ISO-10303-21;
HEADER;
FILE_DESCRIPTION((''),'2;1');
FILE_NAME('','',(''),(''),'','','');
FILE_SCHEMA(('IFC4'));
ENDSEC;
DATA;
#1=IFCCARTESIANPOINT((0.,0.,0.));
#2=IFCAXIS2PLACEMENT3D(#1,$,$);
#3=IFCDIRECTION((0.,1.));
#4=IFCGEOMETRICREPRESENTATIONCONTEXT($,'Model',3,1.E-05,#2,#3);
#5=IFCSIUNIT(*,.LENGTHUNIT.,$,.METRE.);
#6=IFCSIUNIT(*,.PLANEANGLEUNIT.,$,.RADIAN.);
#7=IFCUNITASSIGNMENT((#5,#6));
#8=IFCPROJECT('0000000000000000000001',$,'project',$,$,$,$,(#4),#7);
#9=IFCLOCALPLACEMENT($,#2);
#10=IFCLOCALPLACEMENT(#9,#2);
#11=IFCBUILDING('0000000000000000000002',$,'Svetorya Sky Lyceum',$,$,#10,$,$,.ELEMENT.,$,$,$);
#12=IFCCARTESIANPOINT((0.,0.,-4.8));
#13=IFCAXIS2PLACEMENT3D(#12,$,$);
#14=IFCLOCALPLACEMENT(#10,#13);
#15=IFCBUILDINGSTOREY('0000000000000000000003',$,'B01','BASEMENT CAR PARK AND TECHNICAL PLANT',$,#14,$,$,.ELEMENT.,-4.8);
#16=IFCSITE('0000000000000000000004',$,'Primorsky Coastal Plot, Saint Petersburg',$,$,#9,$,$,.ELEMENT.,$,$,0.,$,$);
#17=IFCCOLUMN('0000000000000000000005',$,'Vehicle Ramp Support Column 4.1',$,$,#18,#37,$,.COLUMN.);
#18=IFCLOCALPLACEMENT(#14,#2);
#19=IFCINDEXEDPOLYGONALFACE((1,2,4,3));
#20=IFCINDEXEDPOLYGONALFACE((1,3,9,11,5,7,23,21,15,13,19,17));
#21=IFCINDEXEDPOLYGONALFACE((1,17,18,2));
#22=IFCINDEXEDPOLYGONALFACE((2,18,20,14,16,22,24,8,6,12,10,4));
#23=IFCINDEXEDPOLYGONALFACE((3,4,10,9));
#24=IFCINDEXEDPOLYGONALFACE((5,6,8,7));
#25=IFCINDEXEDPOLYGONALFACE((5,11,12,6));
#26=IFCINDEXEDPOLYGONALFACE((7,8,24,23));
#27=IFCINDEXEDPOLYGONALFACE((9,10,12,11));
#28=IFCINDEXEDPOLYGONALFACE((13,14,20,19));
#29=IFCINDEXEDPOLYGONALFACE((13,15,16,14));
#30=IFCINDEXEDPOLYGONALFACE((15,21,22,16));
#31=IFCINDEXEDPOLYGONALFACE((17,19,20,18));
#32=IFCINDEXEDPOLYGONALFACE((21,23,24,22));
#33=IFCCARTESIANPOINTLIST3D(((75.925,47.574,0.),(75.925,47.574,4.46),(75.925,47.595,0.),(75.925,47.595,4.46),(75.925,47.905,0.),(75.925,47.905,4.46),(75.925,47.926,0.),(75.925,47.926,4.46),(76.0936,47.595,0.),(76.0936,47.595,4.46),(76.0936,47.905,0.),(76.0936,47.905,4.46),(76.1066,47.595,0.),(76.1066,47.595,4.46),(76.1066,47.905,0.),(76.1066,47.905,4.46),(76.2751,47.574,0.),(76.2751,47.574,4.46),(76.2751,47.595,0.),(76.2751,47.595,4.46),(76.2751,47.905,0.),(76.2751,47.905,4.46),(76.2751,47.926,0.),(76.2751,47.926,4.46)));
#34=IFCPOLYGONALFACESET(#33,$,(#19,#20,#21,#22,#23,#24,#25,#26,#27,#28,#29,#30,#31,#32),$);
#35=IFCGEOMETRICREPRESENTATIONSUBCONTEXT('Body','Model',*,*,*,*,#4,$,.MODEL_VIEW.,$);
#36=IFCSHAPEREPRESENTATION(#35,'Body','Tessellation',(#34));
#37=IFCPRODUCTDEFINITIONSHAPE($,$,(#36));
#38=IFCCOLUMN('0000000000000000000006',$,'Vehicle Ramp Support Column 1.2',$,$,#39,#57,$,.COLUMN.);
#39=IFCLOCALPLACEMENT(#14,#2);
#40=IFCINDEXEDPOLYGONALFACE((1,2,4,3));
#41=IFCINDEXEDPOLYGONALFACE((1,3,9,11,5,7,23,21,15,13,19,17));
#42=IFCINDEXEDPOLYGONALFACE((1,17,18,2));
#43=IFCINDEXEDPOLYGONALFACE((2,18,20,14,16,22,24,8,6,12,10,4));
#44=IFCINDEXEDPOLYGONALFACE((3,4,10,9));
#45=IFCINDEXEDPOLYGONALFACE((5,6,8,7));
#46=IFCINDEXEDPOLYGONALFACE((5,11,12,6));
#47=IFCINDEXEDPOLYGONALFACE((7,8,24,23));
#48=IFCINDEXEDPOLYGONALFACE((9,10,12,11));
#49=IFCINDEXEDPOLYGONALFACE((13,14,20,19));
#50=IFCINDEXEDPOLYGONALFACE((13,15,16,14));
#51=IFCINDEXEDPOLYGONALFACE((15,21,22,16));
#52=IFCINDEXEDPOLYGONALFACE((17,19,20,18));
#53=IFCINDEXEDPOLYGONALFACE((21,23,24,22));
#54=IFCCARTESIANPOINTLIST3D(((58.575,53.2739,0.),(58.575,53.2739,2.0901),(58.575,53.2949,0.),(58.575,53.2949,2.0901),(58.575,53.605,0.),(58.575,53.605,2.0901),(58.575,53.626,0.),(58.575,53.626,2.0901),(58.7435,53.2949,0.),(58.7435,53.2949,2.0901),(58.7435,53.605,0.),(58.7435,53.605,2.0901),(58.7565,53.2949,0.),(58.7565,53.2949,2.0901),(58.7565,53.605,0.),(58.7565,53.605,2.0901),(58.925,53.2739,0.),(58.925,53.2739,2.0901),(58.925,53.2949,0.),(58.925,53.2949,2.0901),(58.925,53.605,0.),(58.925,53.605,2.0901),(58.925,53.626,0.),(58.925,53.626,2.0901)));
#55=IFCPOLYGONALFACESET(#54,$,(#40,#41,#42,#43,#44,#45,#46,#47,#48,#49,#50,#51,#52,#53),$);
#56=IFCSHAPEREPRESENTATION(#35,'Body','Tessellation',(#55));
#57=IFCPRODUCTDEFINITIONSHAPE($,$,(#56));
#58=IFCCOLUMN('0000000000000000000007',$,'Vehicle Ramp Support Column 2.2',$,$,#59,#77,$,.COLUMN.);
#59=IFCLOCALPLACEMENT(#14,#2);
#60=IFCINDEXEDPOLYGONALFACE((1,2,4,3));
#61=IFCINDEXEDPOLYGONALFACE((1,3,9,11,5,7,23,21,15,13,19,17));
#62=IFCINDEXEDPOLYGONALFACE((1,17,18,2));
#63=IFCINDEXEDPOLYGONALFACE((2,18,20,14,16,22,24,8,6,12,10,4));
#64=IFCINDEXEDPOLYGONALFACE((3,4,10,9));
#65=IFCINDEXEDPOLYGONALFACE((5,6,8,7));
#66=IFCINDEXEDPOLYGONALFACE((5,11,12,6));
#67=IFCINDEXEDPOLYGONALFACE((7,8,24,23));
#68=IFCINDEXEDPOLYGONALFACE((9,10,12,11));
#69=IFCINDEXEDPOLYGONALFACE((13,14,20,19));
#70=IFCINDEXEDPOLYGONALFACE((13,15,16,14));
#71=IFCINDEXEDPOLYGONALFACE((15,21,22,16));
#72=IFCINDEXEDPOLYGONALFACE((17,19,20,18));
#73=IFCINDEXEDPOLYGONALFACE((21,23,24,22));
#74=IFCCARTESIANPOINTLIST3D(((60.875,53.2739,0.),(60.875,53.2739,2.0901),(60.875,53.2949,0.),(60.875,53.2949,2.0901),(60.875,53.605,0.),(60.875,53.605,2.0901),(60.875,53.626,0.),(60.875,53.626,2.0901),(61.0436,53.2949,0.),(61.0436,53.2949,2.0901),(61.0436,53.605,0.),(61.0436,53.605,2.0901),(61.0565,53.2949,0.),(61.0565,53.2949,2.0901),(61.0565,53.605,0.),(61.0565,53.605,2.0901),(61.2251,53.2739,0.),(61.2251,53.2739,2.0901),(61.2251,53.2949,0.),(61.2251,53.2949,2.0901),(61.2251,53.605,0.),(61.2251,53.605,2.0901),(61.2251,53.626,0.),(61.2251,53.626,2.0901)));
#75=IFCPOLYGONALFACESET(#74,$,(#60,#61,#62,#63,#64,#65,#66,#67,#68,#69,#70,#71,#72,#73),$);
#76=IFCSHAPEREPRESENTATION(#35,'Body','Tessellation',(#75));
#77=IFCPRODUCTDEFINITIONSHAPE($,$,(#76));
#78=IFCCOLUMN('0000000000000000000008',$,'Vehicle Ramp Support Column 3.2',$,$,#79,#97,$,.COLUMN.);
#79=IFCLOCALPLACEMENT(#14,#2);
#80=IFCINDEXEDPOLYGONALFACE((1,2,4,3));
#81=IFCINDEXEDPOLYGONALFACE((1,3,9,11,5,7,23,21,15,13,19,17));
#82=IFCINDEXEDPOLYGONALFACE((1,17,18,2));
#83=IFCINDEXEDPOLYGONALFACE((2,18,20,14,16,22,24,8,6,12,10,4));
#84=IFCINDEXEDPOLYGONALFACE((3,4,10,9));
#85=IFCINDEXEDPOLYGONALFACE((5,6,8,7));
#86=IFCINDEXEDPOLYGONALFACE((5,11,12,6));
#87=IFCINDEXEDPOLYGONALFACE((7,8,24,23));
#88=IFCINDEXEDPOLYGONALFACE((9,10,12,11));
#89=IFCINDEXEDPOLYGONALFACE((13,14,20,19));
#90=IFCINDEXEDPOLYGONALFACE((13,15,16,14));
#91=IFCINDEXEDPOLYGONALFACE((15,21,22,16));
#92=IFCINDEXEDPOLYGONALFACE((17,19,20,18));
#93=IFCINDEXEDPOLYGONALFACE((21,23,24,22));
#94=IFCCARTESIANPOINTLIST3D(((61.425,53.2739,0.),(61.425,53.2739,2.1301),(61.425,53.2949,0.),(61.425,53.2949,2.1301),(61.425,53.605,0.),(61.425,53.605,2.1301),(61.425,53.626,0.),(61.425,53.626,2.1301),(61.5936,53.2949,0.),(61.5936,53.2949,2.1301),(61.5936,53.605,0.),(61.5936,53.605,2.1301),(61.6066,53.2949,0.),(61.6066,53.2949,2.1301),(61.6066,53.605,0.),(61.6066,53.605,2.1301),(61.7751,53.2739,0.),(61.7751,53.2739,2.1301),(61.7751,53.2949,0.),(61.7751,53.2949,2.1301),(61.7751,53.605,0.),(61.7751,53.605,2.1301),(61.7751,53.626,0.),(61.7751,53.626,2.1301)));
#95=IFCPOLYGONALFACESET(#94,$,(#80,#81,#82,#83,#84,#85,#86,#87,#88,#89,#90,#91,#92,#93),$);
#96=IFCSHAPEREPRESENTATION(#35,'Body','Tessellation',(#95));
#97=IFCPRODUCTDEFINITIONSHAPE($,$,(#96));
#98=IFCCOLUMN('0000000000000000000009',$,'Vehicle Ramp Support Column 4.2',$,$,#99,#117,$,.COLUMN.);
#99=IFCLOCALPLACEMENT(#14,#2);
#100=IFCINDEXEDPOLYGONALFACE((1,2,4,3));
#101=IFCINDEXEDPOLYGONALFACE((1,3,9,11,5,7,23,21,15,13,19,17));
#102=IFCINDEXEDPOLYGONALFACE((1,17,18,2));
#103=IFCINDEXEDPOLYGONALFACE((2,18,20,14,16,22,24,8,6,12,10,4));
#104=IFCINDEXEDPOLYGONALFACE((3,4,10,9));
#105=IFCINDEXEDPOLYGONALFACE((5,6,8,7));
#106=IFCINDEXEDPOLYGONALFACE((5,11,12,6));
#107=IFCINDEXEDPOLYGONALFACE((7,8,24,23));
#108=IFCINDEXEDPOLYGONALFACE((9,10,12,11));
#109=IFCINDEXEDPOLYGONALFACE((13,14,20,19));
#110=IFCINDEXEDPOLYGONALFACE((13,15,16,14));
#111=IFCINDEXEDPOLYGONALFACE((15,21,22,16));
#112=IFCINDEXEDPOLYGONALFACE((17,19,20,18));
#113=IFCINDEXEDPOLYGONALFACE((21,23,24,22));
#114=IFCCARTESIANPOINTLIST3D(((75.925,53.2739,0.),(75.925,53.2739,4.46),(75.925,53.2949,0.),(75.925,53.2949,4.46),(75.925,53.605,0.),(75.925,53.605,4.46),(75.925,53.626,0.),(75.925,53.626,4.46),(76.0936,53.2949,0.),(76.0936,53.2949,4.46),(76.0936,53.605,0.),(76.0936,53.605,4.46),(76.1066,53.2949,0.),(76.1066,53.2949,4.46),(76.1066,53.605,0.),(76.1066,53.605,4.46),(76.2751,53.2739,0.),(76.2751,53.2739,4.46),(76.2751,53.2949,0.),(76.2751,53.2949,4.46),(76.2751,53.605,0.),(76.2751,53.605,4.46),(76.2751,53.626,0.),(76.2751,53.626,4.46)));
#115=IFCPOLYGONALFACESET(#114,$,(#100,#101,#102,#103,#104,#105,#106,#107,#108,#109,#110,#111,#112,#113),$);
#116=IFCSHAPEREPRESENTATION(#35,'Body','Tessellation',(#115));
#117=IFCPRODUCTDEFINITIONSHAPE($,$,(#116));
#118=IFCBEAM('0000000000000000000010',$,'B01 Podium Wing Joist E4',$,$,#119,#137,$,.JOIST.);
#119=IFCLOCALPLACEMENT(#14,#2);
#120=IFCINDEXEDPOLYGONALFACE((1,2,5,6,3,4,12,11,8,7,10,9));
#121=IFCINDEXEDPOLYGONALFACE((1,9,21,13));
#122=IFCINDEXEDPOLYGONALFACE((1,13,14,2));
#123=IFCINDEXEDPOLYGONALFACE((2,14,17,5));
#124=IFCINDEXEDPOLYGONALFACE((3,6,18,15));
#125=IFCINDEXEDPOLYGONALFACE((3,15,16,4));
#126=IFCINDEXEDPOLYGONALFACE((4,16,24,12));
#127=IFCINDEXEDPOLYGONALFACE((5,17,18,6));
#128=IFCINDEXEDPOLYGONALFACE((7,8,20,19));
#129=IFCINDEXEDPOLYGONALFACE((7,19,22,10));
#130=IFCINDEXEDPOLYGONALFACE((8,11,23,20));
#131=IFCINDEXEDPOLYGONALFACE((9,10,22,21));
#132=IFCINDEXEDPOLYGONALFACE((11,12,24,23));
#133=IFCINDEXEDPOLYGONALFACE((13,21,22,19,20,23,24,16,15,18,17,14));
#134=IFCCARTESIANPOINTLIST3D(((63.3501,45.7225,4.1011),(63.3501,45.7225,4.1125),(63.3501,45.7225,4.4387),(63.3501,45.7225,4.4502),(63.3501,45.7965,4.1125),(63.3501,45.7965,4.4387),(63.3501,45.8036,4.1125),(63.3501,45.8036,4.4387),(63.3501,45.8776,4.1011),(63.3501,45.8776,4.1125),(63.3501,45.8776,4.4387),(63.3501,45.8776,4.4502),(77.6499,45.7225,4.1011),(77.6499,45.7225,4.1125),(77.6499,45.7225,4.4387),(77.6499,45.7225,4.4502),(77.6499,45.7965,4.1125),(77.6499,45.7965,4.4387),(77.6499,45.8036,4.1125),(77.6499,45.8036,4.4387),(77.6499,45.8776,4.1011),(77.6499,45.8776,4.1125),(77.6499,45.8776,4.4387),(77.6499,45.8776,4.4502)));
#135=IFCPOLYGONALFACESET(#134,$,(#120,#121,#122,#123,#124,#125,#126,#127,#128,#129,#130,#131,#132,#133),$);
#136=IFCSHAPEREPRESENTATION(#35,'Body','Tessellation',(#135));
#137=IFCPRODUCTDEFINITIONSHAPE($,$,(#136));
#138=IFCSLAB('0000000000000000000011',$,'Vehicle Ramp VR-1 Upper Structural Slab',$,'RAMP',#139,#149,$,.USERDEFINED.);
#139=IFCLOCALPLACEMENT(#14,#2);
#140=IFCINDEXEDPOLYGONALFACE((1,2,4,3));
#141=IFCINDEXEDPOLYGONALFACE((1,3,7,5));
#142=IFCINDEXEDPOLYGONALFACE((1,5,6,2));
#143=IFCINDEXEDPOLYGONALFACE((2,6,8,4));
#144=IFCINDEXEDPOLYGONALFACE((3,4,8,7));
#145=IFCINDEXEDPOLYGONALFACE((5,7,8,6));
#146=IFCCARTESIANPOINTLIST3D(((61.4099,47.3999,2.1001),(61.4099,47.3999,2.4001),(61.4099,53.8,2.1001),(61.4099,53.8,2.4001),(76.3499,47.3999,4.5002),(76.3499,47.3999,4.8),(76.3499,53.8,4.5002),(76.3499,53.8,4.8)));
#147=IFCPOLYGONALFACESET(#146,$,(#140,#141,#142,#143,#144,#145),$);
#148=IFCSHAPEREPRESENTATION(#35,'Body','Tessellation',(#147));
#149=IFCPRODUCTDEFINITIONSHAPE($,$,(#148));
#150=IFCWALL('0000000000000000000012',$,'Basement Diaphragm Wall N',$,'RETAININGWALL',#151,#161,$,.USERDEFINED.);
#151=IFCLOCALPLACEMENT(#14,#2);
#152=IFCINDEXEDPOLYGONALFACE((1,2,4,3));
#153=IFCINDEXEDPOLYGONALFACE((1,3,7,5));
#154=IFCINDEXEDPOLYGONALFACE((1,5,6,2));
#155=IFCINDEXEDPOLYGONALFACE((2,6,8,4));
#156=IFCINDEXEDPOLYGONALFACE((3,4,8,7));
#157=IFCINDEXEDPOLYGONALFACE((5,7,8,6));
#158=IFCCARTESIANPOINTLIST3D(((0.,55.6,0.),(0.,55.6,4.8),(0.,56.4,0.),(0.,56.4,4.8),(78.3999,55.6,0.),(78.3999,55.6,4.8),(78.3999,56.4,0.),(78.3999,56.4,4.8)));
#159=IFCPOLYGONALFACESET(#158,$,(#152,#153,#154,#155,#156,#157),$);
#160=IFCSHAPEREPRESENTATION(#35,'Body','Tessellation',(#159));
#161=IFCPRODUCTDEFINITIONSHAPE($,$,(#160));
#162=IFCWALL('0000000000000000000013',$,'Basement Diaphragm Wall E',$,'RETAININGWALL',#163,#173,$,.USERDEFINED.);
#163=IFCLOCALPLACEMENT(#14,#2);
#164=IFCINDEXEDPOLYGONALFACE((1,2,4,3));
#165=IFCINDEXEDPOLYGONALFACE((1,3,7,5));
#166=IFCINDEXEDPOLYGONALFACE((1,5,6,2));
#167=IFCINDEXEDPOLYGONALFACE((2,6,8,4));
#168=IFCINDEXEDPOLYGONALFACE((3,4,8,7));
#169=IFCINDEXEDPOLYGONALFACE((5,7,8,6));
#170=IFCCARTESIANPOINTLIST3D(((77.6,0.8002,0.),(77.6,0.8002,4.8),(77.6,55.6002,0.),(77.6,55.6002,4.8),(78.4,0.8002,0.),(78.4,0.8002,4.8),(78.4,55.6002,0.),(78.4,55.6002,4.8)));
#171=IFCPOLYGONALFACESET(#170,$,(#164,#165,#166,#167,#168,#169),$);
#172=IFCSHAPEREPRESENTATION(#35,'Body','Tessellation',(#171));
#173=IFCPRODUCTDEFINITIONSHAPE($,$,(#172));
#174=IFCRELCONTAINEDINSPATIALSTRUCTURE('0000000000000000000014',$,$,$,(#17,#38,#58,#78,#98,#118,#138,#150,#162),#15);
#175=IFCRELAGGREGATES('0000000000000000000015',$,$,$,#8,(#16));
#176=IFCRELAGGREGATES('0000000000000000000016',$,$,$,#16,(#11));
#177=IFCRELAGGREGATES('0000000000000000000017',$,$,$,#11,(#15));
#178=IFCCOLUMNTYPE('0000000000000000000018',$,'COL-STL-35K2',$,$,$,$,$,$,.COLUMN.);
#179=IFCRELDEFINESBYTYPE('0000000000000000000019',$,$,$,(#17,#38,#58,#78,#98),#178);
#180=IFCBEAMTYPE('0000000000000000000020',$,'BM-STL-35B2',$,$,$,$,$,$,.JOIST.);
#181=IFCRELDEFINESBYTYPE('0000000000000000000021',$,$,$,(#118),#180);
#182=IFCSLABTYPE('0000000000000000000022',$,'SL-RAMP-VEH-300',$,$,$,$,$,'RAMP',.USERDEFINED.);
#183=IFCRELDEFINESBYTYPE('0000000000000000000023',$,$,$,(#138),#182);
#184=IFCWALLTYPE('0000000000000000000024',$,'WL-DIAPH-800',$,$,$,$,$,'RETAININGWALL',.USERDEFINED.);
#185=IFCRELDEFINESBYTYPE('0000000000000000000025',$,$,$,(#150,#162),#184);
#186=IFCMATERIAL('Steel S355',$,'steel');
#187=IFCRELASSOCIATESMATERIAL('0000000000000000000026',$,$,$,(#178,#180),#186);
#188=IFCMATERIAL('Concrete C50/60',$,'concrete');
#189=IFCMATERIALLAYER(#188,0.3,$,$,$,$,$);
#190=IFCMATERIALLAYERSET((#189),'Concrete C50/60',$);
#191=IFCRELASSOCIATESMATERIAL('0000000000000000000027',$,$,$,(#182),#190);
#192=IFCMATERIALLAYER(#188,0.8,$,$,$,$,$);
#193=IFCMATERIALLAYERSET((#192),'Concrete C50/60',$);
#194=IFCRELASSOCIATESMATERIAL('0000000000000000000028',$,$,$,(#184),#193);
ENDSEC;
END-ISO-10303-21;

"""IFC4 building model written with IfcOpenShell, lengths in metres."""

from ifc_helpers import new_model, si_unit, direction, frame, frame_2d, origin, origin_2d, place, context, subcontext, project, spatial, polyline, rectangle, i_section, outline, extrude, material, layer, layer_set, material_profile, profile_set, type_object, element, save


model = new_model("IFC4")

# Units and contexts
model_context = context("Model", 3, precision=1e-05, world=origin(), true_north=direction((0.0, 1.0)))
body_context = subcontext(model_context, "Body", "Model", "MODEL_VIEW")
ifc_project = project(units=[si_unit("LENGTHUNIT", "METRE"), si_unit("PLANEANGLEUNIT", "RADIAN")], contexts=[model_context])

# Site, building, storey
site_placement = place(None, origin())
site = spatial("IfcSite", under=ifc_project, at=site_placement, Name="Primorsky Coastal Plot, Saint Petersburg", CompositionType="ELEMENT", RefElevation=0.0)
building_placement = place(site_placement, origin())
building = spatial("IfcBuilding", under=site, at=building_placement, Name="Svetorya Sky Lyceum", CompositionType="ELEMENT")
storey_placement = place(building_placement, frame((0.0, 0.0, -4.8)))
storey = spatial("IfcBuildingStorey", under=building, at=storey_placement, Name="B01", Description="BASEMENT CAR PARK AND TECHNICAL PLANT", CompositionType="ELEMENT", Elevation=-4.8)

# Columns
ifc_material_1 = material(Name="Steel S355", Category="steel")
ifc_material_profile_1 = material_profile(ifc_material_1, i_section(OverallWidth=0.3501, OverallDepth=0.3521, WebThickness=0.0129, FlangeThickness=0.021, at=origin_2d()), Name="GOST 35K2")
ifc_profile_set_1 = profile_set([ifc_material_profile_1], Name="Steel S355")
column_type_1 = type_object("IfcColumnType", Name="COL-STL-35K2", PredefinedType="COLUMN", material=ifc_profile_set_1)
column_1_placement = place(storey_placement, frame((76.1001, 47.75, 0.0), z_axis=(0.0, 0.0, 1.0), x_axis=(1.0, 0.0, 0.0)))
element("IfcColumn", 1, at=column_1_placement, inside=storey, type_object=column_type_1, Name="Vehicle Ramp Support Column 4.1", PredefinedType="COLUMN", context=body_context, shape_type="SweptSolid", body=[
    extrude(i_section(OverallWidth=0.3501, OverallDepth=0.3521, WebThickness=0.0129, FlangeThickness=0.021, at=origin_2d()), origin(), (0.0, 0.0, 1.0), 4.46),
])
for number, where, z_axis, x_axis, name in (
    (2, (58.75, 53.45, 0.0), (0.0, 0.0, 1.0), (1.0, 0.0, 0.0), "Vehicle Ramp Support Column 1.2"),
    (3, (61.05, 53.45, 0.0), (0.0, 0.0, 1.0), (1.0, 0.0, 0.0), "Vehicle Ramp Support Column 2.2"),
):
    element("IfcColumn", number, at=place(storey_placement, frame(where, z_axis=z_axis, x_axis=x_axis)), inside=storey, type_object=column_type_1, Name=name, PredefinedType="COLUMN", context=body_context, shape_type="SweptSolid", body=[
        extrude(i_section(OverallWidth=0.3501, OverallDepth=0.3521, WebThickness=0.0129, FlangeThickness=0.021, at=origin_2d()), origin(), (0.0, 0.0, 1.0), 2.0901),
    ])
column_2_placement = place(storey_placement, frame((61.6001, 53.45, 0.0), z_axis=(0.0, 0.0, 1.0), x_axis=(1.0, 0.0, 0.0)))
element("IfcColumn", 4, at=column_2_placement, inside=storey, type_object=column_type_1, Name="Vehicle Ramp Support Column 3.2", PredefinedType="COLUMN", context=body_context, shape_type="SweptSolid", body=[
    extrude(i_section(OverallWidth=0.3501, OverallDepth=0.3521, WebThickness=0.0129, FlangeThickness=0.021, at=origin_2d()), origin(), (0.0, 0.0, 1.0), 2.1301),
])
column_3_placement = place(storey_placement, frame((76.1001, 53.45, 0.0), z_axis=(0.0, 0.0, 1.0), x_axis=(1.0, 0.0, 0.0)))
element("IfcColumn", 5, at=column_3_placement, inside=storey, type_object=column_type_1, Name="Vehicle Ramp Support Column 4.2", PredefinedType="COLUMN", context=body_context, shape_type="SweptSolid", body=[
    extrude(i_section(OverallWidth=0.3501, OverallDepth=0.3521, WebThickness=0.0129, FlangeThickness=0.021, at=origin_2d()), origin(), (0.0, 0.0, 1.0), 4.46),
])

# Beam
ifc_material_profile_2 = material_profile(ifc_material_1, i_section(OverallWidth=0.155, OverallDepth=0.3491, WebThickness=0.0071, FlangeThickness=0.0115, at=origin_2d()), Name="GOST 35B2")
ifc_profile_set_2 = profile_set([ifc_material_profile_2], Name="Steel S355")
beam_type = type_object("IfcBeamType", Name="BM-STL-35B2", PredefinedType="JOIST", material=ifc_profile_set_2)
beam_placement = place(storey_placement, frame((63.3501, 45.8, 4.2756), z_axis=(1.0, 0.0, 0.0), x_axis=(0.0, 1.0, 0.0)))
element("IfcBeam", 6, at=beam_placement, inside=storey, type_object=beam_type, Name="B01 Podium Wing Joist E4", PredefinedType="JOIST", context=body_context, shape_type="SweptSolid", body=[
    extrude(i_section(OverallWidth=0.155, OverallDepth=0.3491, WebThickness=0.0071, FlangeThickness=0.0115, at=origin_2d()), origin(), (0.0, 0.0, 1.0), 14.2998),
])

# Slab
ifc_material_2 = material(Name="Concrete C50/60", Category="concrete")
ifc_layer_1 = layer(ifc_material_2, 0.3)
ifc_layer_set_1 = layer_set([ifc_layer_1], Name="Concrete C50/60")
slab_type = type_object("IfcSlabType", Name="SL-RAMP-VEH-300", ElementType="RAMP", PredefinedType="USERDEFINED", material=ifc_layer_set_1)
slab_placement = place(storey_placement, frame((61.4099, 53.8, 2.4001), z_axis=(0.0, -1.0, 0.0), x_axis=(1.0, 0.0, 0.0)))
element("IfcSlab", 7, at=slab_placement, inside=storey, type_object=slab_type, Name="Vehicle Ramp VR-1 Upper Structural Slab", ObjectType="RAMP", PredefinedType="USERDEFINED", context=body_context, shape_type="SweptSolid", body=[
    extrude(outline(polyline([(0.0, -0.3), (14.9399, 2.1001), (14.9399, 2.3999), (0.0, 0.0), (0.0, -0.3)])), origin(), (0.0, 0.0, 1.0), 6.4001),
])

# Walls
ifc_layer_2 = layer(ifc_material_2, 0.8)
ifc_layer_set_2 = layer_set([ifc_layer_2], Name="Concrete C50/60")
wall_type = type_object("IfcWallType", Name="WL-DIAPH-800", ElementType="RETAININGWALL", PredefinedType="USERDEFINED", material=ifc_layer_set_2)
wall_1_placement = place(storey_placement, frame((78.3999, 56.0, 0.0), z_axis=(0.0, 0.0, 1.0), x_axis=(-1.0, 0.0, 0.0)))
element("IfcWall", 8, at=wall_1_placement, inside=storey, type_object=wall_type, Name="Basement Diaphragm Wall N", ObjectType="RETAININGWALL", PredefinedType="USERDEFINED", context=body_context, shape_type="SweptSolid", body=[
    extrude(rectangle(XDim=78.3999, YDim=0.8, at=frame_2d((39.2, 0.0))), origin(), (0.0, 0.0, 1.0), 4.8),
])
wall_2_placement = place(storey_placement, frame((78.0, 55.6001, 0.0), z_axis=(0.0, 0.0, 1.0), x_axis=(0.0, -1.0, 0.0)))
element("IfcWall", 9, at=wall_2_placement, inside=storey, type_object=wall_type, Name="Basement Diaphragm Wall E", ObjectType="RETAININGWALL", PredefinedType="USERDEFINED", context=body_context, shape_type="SweptSolid", body=[
    extrude(rectangle(XDim=54.8, YDim=0.8, at=frame_2d((27.3999, 0.0))), origin(), (0.0, 0.0, 1.0), 4.8),
])

save(model, "model.ifc")
